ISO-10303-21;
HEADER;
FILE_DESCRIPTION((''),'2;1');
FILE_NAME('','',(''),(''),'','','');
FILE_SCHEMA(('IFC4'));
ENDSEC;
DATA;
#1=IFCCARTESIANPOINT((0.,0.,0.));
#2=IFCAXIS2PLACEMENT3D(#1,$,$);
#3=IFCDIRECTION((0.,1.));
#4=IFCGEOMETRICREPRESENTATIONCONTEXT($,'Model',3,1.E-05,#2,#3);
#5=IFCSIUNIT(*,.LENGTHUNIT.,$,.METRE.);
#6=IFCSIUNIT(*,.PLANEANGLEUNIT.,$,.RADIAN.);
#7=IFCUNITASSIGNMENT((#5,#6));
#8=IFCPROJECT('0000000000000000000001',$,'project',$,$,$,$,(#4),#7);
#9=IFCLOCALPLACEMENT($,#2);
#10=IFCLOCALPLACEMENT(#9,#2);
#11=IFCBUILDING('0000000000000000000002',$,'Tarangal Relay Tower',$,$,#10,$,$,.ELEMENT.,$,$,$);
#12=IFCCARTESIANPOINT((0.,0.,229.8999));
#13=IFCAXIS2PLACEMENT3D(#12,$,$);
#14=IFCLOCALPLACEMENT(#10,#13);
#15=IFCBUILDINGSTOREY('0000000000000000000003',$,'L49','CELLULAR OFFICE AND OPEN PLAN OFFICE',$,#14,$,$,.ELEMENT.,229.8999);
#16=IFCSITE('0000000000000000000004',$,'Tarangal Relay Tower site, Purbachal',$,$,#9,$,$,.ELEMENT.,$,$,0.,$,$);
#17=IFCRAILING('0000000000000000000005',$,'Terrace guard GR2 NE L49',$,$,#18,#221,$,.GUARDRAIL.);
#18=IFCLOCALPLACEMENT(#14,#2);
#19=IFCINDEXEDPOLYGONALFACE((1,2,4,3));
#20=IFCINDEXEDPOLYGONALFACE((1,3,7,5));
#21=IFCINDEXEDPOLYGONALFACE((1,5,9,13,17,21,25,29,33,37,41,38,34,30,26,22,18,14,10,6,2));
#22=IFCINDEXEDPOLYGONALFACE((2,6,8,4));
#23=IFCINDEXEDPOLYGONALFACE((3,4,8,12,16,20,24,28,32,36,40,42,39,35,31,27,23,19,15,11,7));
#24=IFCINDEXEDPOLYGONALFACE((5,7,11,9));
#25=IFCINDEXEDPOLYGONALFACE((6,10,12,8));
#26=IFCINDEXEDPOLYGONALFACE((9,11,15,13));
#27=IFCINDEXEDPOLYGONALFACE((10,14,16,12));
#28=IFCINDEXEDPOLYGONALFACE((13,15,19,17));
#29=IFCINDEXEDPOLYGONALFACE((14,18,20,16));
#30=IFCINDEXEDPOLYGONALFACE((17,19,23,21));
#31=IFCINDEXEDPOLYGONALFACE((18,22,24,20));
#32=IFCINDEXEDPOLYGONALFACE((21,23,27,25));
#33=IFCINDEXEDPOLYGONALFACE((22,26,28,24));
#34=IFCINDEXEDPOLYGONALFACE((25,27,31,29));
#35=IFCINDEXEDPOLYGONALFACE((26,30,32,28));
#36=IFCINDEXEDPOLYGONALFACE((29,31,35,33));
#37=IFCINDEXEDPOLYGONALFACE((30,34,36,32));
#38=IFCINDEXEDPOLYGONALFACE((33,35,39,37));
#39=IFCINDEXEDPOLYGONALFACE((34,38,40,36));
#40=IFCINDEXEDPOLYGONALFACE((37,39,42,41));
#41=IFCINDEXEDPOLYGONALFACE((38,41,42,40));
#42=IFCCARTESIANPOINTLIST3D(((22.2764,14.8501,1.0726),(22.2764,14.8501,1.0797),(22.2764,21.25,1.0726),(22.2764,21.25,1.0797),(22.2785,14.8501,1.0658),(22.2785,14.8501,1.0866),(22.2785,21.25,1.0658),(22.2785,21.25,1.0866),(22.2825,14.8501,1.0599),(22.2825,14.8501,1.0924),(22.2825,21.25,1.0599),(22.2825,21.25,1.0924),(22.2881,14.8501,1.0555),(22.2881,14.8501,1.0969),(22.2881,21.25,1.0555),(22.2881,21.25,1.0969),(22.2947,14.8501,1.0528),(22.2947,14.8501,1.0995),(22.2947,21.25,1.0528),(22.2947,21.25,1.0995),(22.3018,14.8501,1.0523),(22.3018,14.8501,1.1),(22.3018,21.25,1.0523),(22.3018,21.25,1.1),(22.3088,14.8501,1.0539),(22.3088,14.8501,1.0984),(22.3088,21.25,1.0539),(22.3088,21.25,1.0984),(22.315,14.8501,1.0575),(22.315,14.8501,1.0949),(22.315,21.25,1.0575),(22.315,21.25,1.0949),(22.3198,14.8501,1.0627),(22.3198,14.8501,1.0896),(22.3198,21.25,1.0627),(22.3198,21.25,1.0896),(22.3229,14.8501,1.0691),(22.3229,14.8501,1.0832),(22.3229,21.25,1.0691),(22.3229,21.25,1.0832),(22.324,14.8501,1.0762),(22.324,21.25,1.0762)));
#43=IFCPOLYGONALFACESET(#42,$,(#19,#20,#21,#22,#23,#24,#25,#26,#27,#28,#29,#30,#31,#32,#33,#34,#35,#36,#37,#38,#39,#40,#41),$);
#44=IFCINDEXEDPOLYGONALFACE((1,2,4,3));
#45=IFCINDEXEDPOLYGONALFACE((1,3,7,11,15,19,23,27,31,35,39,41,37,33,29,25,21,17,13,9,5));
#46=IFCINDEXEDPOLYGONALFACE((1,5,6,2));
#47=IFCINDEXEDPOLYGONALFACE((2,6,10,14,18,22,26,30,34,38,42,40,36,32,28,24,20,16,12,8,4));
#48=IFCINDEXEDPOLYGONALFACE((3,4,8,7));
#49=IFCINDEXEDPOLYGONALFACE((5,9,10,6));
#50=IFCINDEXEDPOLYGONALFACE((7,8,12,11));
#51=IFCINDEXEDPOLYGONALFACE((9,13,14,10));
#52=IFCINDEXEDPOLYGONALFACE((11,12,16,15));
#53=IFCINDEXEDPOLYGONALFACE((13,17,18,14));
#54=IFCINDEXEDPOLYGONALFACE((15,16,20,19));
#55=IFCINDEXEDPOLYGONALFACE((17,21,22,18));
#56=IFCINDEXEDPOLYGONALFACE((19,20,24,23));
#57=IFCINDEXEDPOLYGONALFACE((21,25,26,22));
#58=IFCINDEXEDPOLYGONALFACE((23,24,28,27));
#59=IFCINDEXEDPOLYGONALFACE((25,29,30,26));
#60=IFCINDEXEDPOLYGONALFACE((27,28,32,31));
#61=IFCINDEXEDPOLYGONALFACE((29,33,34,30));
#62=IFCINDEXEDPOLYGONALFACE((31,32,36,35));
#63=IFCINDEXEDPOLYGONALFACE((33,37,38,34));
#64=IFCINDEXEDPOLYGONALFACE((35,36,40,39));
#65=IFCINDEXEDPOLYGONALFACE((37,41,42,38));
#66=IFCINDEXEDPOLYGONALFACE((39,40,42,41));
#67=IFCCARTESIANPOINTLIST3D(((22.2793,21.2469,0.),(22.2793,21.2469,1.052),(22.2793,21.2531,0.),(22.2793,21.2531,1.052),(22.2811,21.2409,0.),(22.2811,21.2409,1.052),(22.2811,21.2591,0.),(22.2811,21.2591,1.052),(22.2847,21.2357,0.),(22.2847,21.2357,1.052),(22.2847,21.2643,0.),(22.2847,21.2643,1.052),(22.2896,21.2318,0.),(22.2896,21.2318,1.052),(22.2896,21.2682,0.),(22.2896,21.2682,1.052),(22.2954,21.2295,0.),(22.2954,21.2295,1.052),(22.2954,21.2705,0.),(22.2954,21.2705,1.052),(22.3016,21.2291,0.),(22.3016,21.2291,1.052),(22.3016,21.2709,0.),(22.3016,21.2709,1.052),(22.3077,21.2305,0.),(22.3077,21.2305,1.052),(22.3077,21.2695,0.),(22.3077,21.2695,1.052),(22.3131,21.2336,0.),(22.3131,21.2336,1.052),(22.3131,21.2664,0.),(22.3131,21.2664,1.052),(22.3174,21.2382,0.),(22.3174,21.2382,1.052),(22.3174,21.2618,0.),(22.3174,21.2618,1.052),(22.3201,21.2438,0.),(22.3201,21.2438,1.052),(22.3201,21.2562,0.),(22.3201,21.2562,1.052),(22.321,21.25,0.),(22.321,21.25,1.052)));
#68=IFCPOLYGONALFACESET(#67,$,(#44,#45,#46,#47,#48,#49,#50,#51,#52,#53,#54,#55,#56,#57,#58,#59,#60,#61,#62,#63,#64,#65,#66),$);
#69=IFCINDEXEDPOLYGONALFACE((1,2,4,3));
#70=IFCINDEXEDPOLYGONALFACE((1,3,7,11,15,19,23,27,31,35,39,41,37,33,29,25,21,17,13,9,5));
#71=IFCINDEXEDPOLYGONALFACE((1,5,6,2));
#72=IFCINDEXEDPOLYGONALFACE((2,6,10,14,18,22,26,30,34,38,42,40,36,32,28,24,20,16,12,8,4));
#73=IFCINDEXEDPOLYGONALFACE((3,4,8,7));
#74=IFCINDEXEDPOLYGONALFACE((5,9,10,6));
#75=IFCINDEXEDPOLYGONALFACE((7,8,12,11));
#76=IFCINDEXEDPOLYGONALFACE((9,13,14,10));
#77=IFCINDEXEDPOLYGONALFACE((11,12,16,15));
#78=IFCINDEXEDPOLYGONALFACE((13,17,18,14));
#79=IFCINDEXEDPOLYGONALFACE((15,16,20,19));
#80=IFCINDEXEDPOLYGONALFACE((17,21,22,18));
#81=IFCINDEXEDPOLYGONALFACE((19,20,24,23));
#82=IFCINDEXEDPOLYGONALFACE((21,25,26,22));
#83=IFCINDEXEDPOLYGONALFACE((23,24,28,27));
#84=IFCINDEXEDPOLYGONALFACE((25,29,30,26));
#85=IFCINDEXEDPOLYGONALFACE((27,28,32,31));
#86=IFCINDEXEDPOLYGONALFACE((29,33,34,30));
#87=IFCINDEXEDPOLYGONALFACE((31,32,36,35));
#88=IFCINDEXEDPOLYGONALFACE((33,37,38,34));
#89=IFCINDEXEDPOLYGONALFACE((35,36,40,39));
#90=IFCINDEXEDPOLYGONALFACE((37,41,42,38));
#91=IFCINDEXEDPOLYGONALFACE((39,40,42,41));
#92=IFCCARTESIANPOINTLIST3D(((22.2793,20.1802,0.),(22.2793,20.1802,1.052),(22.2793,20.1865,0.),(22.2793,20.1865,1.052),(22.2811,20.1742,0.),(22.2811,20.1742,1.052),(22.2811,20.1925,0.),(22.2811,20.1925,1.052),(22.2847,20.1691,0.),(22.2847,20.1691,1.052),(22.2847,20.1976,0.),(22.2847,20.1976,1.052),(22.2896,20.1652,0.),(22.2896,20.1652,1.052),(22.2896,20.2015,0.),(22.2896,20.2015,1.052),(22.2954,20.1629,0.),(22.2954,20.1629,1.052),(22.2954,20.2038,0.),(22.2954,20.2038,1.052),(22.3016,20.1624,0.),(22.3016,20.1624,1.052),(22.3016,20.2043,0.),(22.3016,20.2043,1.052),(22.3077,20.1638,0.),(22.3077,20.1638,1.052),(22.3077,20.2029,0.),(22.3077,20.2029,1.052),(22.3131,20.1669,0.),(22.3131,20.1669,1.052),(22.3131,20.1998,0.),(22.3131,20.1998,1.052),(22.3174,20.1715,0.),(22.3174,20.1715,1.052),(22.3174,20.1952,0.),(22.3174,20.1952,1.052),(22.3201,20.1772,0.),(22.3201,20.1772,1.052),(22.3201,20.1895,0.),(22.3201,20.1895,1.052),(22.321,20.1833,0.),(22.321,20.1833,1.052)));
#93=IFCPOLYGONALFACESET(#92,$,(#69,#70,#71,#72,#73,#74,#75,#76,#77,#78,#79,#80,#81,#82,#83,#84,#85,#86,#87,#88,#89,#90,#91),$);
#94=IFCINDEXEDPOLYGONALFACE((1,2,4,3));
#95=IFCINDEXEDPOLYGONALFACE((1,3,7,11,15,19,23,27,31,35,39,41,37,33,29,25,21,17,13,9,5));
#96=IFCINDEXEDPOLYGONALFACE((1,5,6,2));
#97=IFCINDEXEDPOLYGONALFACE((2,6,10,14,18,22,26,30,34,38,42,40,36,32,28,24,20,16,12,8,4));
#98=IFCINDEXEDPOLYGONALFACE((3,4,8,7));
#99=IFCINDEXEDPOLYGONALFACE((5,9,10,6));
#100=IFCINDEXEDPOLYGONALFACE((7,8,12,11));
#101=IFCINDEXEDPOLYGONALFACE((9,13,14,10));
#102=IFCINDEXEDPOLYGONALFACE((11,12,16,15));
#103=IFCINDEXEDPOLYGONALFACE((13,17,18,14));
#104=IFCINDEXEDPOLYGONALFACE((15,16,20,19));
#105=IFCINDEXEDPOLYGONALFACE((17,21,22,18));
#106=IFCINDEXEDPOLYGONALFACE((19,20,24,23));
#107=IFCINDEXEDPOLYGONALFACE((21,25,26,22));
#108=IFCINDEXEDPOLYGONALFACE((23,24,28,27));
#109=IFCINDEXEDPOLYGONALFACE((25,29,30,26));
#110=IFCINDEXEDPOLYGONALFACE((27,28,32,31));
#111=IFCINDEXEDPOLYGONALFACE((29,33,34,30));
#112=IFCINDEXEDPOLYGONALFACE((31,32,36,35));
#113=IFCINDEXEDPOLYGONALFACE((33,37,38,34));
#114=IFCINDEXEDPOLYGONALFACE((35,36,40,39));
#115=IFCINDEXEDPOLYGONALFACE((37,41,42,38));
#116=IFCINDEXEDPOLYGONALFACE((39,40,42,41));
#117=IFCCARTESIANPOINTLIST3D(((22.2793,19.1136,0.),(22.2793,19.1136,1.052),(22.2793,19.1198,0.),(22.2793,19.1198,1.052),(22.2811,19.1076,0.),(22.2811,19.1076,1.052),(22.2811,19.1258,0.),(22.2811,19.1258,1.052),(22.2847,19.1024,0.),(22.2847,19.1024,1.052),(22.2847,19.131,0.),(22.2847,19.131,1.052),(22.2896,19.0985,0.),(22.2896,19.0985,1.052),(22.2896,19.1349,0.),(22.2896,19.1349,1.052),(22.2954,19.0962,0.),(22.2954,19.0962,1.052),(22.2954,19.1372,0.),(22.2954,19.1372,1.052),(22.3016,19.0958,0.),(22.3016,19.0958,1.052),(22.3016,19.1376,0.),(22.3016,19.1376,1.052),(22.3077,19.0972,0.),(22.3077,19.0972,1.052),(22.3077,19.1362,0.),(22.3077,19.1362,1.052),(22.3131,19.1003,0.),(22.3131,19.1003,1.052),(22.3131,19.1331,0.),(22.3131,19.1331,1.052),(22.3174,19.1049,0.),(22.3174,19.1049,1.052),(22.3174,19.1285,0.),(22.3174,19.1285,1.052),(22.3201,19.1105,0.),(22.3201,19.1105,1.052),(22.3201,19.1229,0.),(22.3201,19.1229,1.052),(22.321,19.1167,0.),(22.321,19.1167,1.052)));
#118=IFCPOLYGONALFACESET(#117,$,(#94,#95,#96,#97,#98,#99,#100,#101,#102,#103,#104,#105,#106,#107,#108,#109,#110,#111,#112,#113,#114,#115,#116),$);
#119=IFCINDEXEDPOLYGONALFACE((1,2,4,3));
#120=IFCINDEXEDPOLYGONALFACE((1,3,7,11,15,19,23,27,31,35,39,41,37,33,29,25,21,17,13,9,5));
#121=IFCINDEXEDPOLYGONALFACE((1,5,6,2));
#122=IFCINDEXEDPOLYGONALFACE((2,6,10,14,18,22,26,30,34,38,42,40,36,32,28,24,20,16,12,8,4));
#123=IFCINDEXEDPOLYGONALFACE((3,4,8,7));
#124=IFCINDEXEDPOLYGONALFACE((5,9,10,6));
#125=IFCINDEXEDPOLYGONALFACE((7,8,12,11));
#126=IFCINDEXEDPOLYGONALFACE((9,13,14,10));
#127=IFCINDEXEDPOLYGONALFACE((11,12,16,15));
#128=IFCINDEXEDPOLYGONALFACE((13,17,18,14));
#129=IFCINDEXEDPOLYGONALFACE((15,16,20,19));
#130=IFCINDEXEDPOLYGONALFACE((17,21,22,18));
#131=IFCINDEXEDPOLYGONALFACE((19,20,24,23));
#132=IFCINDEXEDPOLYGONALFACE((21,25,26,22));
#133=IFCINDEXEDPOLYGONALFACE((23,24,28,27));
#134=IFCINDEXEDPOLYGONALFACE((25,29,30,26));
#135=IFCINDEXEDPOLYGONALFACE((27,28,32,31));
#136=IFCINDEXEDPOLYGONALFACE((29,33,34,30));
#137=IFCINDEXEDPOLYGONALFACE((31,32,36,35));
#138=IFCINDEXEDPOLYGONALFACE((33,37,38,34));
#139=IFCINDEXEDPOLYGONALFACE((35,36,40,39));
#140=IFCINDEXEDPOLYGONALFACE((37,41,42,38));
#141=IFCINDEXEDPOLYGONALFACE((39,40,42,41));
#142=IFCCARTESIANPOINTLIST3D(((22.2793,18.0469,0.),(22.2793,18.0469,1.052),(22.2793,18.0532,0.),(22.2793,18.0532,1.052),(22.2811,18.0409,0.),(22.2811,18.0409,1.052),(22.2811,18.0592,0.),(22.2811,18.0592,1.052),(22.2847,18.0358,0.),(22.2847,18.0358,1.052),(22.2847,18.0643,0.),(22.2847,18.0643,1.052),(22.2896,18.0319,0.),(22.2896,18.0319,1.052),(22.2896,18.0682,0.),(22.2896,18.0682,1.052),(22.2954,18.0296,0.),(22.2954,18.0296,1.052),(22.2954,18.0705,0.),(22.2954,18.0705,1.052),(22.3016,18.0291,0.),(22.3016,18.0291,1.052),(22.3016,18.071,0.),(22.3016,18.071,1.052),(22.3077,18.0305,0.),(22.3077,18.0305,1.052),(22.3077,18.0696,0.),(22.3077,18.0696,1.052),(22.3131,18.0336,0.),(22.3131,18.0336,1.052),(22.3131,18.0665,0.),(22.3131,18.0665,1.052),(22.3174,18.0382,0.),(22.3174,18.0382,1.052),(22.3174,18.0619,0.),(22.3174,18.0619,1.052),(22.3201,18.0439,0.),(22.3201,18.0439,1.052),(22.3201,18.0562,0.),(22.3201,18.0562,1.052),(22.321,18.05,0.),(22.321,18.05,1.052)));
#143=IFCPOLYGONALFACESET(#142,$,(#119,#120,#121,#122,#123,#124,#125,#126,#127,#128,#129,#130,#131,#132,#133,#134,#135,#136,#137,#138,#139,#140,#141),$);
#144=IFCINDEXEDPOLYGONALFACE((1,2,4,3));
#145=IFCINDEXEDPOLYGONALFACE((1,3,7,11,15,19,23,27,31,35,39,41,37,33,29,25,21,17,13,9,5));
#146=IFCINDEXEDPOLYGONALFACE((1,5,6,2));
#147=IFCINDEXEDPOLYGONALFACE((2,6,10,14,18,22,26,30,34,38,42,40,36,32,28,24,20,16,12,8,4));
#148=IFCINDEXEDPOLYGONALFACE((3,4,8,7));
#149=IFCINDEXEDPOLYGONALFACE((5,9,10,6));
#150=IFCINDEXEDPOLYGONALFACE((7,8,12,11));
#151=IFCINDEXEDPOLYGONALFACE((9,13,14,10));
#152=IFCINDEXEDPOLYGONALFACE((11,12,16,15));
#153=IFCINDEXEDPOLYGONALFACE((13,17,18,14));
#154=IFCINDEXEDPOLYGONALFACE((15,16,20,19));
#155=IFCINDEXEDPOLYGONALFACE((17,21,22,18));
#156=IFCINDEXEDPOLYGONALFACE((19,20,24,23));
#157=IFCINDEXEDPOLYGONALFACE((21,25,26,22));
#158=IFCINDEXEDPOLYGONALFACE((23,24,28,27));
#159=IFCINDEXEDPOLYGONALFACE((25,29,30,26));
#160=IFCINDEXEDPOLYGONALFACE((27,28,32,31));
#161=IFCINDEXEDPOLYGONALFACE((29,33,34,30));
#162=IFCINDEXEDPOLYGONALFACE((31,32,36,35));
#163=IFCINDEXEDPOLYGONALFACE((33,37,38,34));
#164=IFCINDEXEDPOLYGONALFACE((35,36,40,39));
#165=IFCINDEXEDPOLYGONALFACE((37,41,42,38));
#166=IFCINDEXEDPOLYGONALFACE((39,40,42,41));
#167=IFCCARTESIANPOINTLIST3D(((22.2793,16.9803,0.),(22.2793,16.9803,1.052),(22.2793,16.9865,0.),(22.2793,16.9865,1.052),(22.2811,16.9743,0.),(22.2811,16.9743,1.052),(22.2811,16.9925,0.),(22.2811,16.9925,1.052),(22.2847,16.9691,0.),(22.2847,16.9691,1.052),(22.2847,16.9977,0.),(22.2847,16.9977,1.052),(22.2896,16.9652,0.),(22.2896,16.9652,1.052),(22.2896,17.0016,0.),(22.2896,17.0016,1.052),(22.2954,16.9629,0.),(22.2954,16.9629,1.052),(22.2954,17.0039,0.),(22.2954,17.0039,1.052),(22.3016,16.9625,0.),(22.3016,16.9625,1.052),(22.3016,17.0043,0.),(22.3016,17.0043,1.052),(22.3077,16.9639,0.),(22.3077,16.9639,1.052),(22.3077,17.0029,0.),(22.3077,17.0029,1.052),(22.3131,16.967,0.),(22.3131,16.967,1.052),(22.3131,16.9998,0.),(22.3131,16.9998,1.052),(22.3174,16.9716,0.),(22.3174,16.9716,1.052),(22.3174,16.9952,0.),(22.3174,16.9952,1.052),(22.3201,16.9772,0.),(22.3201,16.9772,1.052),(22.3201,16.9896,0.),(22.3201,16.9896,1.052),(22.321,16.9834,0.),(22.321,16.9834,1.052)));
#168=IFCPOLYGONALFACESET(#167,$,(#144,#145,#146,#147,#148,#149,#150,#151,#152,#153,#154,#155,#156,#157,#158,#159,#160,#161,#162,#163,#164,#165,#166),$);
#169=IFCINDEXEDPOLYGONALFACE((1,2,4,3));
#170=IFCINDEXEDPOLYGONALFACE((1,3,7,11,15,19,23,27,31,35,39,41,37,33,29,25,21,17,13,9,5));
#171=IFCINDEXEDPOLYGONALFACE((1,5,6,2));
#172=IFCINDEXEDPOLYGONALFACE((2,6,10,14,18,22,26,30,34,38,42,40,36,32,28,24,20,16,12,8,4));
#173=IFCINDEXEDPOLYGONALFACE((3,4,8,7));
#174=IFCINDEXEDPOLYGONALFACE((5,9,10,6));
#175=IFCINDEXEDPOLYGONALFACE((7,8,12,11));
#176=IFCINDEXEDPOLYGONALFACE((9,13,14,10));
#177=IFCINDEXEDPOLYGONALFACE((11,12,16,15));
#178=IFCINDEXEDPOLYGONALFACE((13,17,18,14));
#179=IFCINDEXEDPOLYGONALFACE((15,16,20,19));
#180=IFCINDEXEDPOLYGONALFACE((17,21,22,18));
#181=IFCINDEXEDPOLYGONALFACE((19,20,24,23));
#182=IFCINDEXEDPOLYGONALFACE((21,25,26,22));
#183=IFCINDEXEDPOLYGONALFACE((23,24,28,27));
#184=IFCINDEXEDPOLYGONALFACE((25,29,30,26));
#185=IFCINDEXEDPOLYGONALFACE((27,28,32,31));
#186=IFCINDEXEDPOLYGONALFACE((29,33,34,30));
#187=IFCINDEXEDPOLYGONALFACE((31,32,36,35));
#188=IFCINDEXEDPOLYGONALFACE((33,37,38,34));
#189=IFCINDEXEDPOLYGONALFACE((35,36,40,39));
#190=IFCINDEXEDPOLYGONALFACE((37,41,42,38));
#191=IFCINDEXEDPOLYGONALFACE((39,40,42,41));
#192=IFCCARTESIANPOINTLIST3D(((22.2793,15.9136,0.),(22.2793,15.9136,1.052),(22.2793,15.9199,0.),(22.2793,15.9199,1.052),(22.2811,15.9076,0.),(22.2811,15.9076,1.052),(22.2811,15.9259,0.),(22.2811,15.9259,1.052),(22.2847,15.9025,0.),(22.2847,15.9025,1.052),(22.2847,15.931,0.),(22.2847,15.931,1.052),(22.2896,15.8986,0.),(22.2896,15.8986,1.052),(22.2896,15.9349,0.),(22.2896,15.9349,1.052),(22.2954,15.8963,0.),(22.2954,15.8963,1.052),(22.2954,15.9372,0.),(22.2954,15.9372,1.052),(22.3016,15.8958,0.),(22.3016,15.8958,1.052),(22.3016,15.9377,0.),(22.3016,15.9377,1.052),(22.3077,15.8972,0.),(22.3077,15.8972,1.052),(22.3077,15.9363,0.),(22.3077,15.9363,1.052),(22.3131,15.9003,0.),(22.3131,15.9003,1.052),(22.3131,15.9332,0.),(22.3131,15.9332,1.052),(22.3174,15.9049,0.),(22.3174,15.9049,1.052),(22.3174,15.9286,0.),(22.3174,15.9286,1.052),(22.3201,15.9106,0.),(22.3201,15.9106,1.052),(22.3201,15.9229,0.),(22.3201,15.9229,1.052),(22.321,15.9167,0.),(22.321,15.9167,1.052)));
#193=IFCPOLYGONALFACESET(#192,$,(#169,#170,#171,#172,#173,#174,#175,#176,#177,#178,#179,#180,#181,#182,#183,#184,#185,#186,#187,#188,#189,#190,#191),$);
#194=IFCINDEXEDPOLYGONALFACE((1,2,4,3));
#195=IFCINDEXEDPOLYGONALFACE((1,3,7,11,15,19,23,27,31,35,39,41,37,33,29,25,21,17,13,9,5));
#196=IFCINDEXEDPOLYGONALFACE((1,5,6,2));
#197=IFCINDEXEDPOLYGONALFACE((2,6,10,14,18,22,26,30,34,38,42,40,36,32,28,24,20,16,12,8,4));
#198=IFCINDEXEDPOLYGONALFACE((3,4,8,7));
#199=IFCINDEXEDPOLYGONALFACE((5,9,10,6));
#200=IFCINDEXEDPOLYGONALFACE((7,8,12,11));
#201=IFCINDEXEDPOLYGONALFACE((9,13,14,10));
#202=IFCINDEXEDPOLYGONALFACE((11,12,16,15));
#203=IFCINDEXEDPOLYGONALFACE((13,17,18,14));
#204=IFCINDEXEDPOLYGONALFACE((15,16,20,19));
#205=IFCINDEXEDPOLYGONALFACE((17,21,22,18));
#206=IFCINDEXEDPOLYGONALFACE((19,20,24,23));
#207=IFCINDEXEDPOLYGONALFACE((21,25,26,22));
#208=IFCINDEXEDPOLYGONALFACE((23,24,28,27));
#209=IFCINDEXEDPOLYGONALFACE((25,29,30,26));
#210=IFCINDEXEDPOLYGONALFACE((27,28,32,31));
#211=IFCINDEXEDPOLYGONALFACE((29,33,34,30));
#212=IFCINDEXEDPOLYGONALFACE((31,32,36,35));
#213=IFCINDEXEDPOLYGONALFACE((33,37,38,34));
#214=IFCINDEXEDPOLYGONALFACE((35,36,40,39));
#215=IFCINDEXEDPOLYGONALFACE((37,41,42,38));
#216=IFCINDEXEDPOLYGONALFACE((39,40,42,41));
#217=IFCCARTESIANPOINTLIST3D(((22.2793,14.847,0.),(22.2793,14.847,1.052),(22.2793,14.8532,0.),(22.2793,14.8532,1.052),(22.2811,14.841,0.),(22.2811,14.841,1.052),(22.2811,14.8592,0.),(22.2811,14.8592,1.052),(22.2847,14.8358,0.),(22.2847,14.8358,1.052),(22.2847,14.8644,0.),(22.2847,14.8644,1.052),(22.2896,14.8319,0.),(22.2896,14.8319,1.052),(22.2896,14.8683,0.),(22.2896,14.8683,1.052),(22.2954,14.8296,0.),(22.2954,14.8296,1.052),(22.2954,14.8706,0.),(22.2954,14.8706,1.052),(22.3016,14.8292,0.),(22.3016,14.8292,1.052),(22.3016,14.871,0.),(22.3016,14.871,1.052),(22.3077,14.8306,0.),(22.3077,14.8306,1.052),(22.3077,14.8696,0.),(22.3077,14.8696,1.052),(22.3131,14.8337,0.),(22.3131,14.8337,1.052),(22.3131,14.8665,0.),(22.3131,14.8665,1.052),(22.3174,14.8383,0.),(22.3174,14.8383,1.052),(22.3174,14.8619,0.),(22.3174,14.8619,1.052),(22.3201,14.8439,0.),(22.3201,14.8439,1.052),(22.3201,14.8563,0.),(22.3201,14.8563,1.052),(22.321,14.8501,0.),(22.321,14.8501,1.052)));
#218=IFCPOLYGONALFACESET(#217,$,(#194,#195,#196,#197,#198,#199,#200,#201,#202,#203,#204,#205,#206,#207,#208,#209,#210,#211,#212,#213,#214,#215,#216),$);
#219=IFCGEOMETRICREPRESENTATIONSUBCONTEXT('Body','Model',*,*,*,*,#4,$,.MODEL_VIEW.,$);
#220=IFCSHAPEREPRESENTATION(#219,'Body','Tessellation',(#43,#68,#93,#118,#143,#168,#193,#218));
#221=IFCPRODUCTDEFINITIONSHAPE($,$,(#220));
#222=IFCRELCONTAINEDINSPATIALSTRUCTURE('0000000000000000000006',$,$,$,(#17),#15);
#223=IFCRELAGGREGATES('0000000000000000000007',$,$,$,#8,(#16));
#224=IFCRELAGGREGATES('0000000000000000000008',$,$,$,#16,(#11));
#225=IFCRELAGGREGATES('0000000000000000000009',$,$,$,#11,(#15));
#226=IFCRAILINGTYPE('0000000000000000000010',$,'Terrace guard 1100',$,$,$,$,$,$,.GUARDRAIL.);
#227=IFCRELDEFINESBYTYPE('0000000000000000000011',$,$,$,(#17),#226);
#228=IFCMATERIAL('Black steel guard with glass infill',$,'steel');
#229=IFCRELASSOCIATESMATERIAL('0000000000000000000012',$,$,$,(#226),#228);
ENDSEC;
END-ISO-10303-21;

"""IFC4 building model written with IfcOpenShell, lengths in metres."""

from ifc_helpers import new_model, si_unit, direction, frame, origin, origin_2d, place, context, subcontext, project, spatial, circle, extrude, material, type_object, element, save


model = new_model("IFC4")

# Units and contexts
model_context = context("Model", 3, precision=1e-05, world=origin(), true_north=direction((0.0, 1.0)))
body_context = subcontext(model_context, "Body", "Model", "MODEL_VIEW")
ifc_project = project(units=[si_unit("LENGTHUNIT", "METRE"), si_unit("PLANEANGLEUNIT", "RADIAN")], contexts=[model_context])

# Site, building, storey
site_placement = place(None, origin())
site = spatial("IfcSite", under=ifc_project, at=site_placement, Name="Tarangal Relay Tower site, Purbachal", CompositionType="ELEMENT", RefElevation=0.0)
building_placement = place(site_placement, origin())
building = spatial("IfcBuilding", under=site, at=building_placement, Name="Tarangal Relay Tower", CompositionType="ELEMENT")
storey_placement = place(building_placement, frame((0.0, 0.0, 229.8999)))
storey = spatial("IfcBuildingStorey", under=building, at=storey_placement, Name="L49", Description="CELLULAR OFFICE AND OPEN PLAN OFFICE", CompositionType="ELEMENT", Elevation=229.8999)

# Railing
ifc_material_1 = material(Name="Black steel guard with glass infill", Category="steel")
railing_type = type_object("IfcRailingType", Name="Terrace guard 1100", PredefinedType="GUARDRAIL", material=ifc_material_1)
railing_1_placement = place(storey_placement, frame((22.3, 21.25, 0.0)))
element("IfcRailing", 1, at=railing_1_placement, inside=storey, type_object=railing_type, Name="Terrace guard GR2 NE L49", PredefinedType="GUARDRAIL", context=body_context, shape_type="SweptSolid", body=[
    extrude(circle(Radius=0.0239, at=origin_2d()), frame((0.0, 0.0, 1.0762), z_axis=(0.0, -1.0, 0.0), x_axis=(1.0, 0.0, 0.0)), (0.0, 0.0, 1.0), 6.3999),
    extrude(circle(Radius=0.021, at=origin_2d()), origin(), (0.0, 0.0, 1.0), 1.052),
    extrude(circle(Radius=0.021, at=origin_2d()), frame((0.0, -1.0667, 0.0)), (0.0, 0.0, 1.0), 1.052),
    extrude(circle(Radius=0.021, at=origin_2d()), frame((0.0, -2.1333, 0.0)), (0.0, 0.0, 1.0), 1.052),
    extrude(circle(Radius=0.021, at=origin_2d()), frame((0.0, -3.2, 0.0)), (0.0, 0.0, 1.0), 1.052),
    extrude(circle(Radius=0.021, at=origin_2d()), frame((0.0, -4.2666, 0.0)), (0.0, 0.0, 1.0), 1.052),
    extrude(circle(Radius=0.021, at=origin_2d()), frame((0.0, -5.3333, 0.0)), (0.0, 0.0, 1.0), 1.052),
    extrude(circle(Radius=0.021, at=origin_2d()), frame((0.0, -6.3999, 0.0)), (0.0, 0.0, 1.0), 1.052),
])

save(model, "model.ifc")
